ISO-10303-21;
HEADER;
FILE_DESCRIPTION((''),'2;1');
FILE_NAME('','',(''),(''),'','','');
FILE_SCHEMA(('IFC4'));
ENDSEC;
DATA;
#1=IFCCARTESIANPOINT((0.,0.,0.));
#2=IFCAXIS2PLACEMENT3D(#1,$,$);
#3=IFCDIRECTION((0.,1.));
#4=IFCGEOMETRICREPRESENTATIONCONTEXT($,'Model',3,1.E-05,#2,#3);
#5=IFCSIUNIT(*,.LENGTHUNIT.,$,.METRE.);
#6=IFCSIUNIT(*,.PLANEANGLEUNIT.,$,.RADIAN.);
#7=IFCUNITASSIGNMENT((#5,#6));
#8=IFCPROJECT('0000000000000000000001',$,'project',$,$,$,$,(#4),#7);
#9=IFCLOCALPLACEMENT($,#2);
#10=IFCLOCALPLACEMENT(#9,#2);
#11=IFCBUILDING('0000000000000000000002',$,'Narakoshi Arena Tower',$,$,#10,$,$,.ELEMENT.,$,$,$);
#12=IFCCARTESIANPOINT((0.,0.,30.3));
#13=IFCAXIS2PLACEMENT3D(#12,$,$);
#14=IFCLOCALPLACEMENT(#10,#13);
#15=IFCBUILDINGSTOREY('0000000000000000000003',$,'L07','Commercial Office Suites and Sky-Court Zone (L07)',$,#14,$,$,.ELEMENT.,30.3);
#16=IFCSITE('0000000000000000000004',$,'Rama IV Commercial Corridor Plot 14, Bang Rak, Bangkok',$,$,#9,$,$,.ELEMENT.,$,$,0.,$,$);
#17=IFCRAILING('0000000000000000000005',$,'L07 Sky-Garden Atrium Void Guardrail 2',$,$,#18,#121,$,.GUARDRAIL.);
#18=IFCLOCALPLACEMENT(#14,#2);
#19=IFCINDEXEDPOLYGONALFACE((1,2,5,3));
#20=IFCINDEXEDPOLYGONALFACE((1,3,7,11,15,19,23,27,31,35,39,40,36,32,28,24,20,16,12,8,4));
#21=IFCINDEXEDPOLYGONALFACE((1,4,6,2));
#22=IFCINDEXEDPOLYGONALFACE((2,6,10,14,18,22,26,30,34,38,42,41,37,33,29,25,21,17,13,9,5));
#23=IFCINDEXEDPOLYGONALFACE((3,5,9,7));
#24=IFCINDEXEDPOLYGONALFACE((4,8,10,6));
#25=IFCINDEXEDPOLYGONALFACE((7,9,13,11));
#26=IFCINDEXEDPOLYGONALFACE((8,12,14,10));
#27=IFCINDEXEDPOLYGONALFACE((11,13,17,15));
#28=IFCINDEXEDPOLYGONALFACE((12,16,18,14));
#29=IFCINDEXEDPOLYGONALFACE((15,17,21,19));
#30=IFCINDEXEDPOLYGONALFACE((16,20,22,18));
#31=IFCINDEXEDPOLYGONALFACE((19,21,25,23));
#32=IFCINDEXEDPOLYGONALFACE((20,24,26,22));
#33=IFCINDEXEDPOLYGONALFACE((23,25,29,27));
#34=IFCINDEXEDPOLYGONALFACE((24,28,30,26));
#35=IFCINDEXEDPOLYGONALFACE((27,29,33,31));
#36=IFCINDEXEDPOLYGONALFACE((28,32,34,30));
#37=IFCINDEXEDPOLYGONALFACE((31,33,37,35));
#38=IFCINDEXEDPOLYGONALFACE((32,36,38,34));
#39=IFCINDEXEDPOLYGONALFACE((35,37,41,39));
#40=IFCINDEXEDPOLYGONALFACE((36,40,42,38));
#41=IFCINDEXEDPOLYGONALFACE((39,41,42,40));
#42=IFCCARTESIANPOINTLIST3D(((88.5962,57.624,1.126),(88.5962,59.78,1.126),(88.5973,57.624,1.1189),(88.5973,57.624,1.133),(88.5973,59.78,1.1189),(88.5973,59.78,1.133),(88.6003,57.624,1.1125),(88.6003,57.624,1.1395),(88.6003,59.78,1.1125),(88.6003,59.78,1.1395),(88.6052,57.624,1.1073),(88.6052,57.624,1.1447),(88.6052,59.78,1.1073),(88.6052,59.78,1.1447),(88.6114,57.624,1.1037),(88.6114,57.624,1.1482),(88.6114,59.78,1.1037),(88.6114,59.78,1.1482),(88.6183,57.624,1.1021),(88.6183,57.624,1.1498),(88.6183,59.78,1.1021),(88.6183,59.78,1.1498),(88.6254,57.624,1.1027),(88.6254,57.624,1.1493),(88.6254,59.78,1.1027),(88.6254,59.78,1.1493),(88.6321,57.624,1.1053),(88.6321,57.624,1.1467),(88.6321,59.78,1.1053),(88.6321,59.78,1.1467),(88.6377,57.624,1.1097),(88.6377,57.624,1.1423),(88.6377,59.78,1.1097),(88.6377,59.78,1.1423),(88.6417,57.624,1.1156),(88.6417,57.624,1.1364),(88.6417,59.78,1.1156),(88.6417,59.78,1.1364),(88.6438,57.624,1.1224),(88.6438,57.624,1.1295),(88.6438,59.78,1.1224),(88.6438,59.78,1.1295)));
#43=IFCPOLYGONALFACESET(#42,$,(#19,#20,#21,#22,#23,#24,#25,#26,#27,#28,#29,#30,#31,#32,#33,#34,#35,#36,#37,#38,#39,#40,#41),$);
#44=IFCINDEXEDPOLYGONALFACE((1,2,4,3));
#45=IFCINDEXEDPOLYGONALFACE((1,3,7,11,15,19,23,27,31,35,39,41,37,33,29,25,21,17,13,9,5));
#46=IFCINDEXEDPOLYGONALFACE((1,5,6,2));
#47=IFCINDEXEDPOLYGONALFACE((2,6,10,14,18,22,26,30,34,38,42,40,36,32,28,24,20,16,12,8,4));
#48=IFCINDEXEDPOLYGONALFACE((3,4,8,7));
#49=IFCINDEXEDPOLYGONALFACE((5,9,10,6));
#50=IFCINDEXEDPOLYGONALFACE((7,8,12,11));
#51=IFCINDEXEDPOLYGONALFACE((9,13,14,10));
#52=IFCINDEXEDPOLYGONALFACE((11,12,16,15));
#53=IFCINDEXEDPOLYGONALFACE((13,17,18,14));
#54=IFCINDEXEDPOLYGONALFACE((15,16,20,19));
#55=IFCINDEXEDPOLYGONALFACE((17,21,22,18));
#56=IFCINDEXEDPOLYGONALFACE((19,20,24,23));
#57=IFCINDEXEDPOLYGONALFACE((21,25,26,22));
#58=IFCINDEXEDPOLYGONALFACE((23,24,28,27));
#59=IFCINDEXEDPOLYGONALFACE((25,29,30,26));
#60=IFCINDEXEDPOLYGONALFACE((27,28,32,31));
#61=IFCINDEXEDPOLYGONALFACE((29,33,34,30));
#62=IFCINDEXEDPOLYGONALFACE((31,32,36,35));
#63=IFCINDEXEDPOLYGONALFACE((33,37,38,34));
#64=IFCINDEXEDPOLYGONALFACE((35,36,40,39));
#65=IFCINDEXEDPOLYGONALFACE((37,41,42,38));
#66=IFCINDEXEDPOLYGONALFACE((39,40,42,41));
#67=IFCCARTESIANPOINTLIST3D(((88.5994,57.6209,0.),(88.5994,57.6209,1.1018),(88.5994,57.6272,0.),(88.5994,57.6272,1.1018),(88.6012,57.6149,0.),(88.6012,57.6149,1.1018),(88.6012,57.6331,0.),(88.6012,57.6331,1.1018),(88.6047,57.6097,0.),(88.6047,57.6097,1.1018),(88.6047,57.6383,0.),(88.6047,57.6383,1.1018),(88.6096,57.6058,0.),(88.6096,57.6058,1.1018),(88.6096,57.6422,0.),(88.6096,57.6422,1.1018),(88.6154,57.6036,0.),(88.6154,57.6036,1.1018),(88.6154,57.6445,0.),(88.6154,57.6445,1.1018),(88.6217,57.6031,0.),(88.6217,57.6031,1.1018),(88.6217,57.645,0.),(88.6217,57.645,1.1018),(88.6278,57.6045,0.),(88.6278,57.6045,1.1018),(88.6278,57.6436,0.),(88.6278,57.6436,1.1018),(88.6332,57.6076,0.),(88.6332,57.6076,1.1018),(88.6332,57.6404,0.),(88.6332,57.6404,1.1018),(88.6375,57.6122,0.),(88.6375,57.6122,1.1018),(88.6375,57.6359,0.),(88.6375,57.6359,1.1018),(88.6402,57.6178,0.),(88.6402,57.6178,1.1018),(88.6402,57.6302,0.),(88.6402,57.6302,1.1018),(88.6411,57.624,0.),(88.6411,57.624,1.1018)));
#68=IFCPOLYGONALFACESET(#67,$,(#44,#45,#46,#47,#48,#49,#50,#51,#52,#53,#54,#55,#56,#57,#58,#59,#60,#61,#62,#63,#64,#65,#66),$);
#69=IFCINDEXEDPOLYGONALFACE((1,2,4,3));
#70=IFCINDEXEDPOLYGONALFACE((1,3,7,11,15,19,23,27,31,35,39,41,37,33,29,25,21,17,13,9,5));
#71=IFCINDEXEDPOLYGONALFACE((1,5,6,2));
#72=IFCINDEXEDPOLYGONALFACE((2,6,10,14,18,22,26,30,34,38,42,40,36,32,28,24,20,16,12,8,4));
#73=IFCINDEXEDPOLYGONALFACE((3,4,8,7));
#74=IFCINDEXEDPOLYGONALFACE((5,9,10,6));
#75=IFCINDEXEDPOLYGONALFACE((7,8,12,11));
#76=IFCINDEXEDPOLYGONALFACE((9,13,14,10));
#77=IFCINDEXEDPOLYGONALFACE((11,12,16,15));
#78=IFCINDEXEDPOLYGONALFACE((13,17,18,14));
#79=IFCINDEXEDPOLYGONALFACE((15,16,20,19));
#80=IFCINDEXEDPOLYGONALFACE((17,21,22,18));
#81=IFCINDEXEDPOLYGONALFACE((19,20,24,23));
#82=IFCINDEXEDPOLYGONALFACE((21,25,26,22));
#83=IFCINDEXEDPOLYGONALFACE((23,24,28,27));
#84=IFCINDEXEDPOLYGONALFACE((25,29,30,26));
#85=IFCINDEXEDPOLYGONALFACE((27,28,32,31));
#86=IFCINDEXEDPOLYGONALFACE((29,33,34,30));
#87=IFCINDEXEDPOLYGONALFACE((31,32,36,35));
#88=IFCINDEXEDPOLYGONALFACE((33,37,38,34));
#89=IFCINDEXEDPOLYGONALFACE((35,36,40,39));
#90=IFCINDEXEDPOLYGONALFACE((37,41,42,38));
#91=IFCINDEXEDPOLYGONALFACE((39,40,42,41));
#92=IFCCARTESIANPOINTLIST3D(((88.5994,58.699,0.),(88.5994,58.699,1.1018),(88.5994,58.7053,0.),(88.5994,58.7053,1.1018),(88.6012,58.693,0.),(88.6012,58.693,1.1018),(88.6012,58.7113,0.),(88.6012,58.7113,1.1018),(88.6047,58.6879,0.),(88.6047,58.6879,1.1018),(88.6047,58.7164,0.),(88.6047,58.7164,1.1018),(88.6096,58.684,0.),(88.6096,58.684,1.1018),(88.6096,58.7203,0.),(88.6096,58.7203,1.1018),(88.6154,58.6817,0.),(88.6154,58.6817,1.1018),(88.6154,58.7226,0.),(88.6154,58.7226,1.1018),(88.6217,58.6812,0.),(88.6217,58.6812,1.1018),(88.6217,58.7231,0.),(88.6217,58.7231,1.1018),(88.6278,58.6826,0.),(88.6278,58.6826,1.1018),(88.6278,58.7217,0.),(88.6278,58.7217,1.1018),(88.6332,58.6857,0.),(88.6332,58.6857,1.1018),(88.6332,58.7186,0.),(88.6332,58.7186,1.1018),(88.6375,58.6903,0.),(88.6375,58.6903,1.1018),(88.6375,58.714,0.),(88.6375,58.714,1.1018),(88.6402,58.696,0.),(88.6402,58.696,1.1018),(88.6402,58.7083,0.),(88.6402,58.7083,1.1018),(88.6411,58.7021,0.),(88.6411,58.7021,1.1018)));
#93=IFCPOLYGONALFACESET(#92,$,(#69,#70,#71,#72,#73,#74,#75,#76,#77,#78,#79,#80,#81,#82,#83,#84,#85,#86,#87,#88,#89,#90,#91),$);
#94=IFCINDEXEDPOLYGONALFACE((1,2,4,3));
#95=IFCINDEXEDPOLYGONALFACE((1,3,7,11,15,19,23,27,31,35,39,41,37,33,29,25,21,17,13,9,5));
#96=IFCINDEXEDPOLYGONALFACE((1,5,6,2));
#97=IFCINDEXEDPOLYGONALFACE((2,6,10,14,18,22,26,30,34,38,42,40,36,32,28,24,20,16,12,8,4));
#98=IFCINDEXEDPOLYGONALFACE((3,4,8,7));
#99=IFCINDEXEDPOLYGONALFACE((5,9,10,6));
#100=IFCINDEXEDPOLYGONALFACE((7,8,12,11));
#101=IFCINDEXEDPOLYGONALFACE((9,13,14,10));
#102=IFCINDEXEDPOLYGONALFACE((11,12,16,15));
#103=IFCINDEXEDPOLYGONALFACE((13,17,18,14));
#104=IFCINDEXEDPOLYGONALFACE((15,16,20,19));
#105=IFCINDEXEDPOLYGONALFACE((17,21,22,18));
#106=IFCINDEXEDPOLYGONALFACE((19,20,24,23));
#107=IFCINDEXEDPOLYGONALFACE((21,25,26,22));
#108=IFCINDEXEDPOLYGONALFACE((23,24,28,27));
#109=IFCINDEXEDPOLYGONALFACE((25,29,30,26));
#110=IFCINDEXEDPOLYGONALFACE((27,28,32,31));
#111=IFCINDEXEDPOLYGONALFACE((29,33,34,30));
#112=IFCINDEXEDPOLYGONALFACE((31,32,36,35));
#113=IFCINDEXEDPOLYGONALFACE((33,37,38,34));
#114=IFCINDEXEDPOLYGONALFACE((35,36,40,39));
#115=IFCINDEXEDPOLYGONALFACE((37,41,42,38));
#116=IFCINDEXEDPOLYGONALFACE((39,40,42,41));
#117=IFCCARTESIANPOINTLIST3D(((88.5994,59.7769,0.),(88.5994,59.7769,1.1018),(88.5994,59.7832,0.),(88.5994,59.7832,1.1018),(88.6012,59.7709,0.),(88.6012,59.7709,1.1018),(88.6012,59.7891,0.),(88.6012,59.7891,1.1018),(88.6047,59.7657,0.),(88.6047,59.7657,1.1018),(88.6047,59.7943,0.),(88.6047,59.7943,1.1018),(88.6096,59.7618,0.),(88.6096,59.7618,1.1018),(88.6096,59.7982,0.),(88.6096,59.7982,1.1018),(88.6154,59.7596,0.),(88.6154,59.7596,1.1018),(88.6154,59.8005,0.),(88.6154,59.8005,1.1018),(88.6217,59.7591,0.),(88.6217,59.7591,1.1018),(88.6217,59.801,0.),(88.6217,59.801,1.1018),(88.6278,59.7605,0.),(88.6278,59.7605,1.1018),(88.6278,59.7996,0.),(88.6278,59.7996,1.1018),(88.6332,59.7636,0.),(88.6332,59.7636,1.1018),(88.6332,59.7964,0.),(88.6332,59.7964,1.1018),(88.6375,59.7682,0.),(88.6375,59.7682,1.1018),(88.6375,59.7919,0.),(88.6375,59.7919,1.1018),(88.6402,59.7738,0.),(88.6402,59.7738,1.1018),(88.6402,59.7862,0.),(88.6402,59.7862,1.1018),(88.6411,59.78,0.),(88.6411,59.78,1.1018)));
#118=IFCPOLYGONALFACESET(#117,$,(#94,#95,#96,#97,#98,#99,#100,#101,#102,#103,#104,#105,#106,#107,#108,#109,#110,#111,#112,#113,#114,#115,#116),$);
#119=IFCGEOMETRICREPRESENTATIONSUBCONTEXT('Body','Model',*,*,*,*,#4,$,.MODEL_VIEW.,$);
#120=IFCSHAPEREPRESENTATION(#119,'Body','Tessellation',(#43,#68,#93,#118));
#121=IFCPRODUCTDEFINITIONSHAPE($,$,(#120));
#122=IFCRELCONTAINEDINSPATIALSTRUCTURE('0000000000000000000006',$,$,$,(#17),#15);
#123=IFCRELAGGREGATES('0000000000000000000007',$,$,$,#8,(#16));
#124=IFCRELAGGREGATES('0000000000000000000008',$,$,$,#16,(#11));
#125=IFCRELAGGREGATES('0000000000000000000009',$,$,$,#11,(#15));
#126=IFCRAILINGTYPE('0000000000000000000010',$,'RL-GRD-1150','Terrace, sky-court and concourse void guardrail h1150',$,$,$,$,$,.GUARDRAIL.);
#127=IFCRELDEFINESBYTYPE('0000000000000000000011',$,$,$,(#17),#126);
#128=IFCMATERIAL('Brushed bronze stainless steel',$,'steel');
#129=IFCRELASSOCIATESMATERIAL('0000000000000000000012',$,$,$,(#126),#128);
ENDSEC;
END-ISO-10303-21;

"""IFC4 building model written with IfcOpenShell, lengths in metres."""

from ifc_helpers import new_model, si_unit, direction, frame, origin, origin_2d, place, context, subcontext, project, spatial, circle, extrude, material, type_object, element, save


model = new_model("IFC4")

# Units and contexts
model_context = context("Model", 3, precision=1e-05, world=origin(), true_north=direction((0.0, 1.0)))
body_context = subcontext(model_context, "Body", "Model", "MODEL_VIEW")
ifc_project = project(units=[si_unit("LENGTHUNIT", "METRE"), si_unit("PLANEANGLEUNIT", "RADIAN")], contexts=[model_context])

# Site, building, storey
site_placement = place(None, origin())
site = spatial("IfcSite", under=ifc_project, at=site_placement, Name="Rama IV Commercial Corridor Plot 14, Bang Rak, Bangkok", CompositionType="ELEMENT", RefElevation=0.0)
building_placement = place(site_placement, origin())
building = spatial("IfcBuilding", under=site, at=building_placement, Name="Narakoshi Arena Tower", CompositionType="ELEMENT")
storey_placement = place(building_placement, frame((0.0, 0.0, 30.3)))
storey = spatial("IfcBuildingStorey", under=building, at=storey_placement, Name="L07", Description="Commercial Office Suites and Sky-Court Zone (L07)", CompositionType="ELEMENT", Elevation=30.3)

# Railing
ifc_material_1 = material(Name="Brushed bronze stainless steel", Category="steel")
railing_type = type_object("IfcRailingType", Name="RL-GRD-1150", Description="Terrace, sky-court and concourse void guardrail h1150", PredefinedType="GUARDRAIL", material=ifc_material_1)
railing_1_placement = place(storey_placement, frame((88.6201, 57.624, 0.0)))
element("IfcRailing", 1, at=railing_1_placement, inside=storey, type_object=railing_type, Name="L07 Sky-Garden Atrium Void Guardrail 2", PredefinedType="GUARDRAIL", context=body_context, shape_type="SweptSolid", body=[
    extrude(circle(Radius=0.0239, at=origin_2d()), frame((0.0, 0.0, 1.126), z_axis=(0.0, 1.0, 0.0), x_axis=(-1.0, 0.0, 0.0)), (0.0, 0.0, 1.0), 2.156),
    extrude(circle(Radius=0.021, at=origin_2d()), origin(), (0.0, 0.0, 1.0), 1.1018),
    extrude(circle(Radius=0.021, at=origin_2d()), frame((0.0, 1.0781, 0.0)), (0.0, 0.0, 1.0), 1.1018),
    extrude(circle(Radius=0.021, at=origin_2d()), frame((0.0, 2.156, 0.0)), (0.0, 0.0, 1.0), 1.1018),
])

save(model, "model.ifc")
